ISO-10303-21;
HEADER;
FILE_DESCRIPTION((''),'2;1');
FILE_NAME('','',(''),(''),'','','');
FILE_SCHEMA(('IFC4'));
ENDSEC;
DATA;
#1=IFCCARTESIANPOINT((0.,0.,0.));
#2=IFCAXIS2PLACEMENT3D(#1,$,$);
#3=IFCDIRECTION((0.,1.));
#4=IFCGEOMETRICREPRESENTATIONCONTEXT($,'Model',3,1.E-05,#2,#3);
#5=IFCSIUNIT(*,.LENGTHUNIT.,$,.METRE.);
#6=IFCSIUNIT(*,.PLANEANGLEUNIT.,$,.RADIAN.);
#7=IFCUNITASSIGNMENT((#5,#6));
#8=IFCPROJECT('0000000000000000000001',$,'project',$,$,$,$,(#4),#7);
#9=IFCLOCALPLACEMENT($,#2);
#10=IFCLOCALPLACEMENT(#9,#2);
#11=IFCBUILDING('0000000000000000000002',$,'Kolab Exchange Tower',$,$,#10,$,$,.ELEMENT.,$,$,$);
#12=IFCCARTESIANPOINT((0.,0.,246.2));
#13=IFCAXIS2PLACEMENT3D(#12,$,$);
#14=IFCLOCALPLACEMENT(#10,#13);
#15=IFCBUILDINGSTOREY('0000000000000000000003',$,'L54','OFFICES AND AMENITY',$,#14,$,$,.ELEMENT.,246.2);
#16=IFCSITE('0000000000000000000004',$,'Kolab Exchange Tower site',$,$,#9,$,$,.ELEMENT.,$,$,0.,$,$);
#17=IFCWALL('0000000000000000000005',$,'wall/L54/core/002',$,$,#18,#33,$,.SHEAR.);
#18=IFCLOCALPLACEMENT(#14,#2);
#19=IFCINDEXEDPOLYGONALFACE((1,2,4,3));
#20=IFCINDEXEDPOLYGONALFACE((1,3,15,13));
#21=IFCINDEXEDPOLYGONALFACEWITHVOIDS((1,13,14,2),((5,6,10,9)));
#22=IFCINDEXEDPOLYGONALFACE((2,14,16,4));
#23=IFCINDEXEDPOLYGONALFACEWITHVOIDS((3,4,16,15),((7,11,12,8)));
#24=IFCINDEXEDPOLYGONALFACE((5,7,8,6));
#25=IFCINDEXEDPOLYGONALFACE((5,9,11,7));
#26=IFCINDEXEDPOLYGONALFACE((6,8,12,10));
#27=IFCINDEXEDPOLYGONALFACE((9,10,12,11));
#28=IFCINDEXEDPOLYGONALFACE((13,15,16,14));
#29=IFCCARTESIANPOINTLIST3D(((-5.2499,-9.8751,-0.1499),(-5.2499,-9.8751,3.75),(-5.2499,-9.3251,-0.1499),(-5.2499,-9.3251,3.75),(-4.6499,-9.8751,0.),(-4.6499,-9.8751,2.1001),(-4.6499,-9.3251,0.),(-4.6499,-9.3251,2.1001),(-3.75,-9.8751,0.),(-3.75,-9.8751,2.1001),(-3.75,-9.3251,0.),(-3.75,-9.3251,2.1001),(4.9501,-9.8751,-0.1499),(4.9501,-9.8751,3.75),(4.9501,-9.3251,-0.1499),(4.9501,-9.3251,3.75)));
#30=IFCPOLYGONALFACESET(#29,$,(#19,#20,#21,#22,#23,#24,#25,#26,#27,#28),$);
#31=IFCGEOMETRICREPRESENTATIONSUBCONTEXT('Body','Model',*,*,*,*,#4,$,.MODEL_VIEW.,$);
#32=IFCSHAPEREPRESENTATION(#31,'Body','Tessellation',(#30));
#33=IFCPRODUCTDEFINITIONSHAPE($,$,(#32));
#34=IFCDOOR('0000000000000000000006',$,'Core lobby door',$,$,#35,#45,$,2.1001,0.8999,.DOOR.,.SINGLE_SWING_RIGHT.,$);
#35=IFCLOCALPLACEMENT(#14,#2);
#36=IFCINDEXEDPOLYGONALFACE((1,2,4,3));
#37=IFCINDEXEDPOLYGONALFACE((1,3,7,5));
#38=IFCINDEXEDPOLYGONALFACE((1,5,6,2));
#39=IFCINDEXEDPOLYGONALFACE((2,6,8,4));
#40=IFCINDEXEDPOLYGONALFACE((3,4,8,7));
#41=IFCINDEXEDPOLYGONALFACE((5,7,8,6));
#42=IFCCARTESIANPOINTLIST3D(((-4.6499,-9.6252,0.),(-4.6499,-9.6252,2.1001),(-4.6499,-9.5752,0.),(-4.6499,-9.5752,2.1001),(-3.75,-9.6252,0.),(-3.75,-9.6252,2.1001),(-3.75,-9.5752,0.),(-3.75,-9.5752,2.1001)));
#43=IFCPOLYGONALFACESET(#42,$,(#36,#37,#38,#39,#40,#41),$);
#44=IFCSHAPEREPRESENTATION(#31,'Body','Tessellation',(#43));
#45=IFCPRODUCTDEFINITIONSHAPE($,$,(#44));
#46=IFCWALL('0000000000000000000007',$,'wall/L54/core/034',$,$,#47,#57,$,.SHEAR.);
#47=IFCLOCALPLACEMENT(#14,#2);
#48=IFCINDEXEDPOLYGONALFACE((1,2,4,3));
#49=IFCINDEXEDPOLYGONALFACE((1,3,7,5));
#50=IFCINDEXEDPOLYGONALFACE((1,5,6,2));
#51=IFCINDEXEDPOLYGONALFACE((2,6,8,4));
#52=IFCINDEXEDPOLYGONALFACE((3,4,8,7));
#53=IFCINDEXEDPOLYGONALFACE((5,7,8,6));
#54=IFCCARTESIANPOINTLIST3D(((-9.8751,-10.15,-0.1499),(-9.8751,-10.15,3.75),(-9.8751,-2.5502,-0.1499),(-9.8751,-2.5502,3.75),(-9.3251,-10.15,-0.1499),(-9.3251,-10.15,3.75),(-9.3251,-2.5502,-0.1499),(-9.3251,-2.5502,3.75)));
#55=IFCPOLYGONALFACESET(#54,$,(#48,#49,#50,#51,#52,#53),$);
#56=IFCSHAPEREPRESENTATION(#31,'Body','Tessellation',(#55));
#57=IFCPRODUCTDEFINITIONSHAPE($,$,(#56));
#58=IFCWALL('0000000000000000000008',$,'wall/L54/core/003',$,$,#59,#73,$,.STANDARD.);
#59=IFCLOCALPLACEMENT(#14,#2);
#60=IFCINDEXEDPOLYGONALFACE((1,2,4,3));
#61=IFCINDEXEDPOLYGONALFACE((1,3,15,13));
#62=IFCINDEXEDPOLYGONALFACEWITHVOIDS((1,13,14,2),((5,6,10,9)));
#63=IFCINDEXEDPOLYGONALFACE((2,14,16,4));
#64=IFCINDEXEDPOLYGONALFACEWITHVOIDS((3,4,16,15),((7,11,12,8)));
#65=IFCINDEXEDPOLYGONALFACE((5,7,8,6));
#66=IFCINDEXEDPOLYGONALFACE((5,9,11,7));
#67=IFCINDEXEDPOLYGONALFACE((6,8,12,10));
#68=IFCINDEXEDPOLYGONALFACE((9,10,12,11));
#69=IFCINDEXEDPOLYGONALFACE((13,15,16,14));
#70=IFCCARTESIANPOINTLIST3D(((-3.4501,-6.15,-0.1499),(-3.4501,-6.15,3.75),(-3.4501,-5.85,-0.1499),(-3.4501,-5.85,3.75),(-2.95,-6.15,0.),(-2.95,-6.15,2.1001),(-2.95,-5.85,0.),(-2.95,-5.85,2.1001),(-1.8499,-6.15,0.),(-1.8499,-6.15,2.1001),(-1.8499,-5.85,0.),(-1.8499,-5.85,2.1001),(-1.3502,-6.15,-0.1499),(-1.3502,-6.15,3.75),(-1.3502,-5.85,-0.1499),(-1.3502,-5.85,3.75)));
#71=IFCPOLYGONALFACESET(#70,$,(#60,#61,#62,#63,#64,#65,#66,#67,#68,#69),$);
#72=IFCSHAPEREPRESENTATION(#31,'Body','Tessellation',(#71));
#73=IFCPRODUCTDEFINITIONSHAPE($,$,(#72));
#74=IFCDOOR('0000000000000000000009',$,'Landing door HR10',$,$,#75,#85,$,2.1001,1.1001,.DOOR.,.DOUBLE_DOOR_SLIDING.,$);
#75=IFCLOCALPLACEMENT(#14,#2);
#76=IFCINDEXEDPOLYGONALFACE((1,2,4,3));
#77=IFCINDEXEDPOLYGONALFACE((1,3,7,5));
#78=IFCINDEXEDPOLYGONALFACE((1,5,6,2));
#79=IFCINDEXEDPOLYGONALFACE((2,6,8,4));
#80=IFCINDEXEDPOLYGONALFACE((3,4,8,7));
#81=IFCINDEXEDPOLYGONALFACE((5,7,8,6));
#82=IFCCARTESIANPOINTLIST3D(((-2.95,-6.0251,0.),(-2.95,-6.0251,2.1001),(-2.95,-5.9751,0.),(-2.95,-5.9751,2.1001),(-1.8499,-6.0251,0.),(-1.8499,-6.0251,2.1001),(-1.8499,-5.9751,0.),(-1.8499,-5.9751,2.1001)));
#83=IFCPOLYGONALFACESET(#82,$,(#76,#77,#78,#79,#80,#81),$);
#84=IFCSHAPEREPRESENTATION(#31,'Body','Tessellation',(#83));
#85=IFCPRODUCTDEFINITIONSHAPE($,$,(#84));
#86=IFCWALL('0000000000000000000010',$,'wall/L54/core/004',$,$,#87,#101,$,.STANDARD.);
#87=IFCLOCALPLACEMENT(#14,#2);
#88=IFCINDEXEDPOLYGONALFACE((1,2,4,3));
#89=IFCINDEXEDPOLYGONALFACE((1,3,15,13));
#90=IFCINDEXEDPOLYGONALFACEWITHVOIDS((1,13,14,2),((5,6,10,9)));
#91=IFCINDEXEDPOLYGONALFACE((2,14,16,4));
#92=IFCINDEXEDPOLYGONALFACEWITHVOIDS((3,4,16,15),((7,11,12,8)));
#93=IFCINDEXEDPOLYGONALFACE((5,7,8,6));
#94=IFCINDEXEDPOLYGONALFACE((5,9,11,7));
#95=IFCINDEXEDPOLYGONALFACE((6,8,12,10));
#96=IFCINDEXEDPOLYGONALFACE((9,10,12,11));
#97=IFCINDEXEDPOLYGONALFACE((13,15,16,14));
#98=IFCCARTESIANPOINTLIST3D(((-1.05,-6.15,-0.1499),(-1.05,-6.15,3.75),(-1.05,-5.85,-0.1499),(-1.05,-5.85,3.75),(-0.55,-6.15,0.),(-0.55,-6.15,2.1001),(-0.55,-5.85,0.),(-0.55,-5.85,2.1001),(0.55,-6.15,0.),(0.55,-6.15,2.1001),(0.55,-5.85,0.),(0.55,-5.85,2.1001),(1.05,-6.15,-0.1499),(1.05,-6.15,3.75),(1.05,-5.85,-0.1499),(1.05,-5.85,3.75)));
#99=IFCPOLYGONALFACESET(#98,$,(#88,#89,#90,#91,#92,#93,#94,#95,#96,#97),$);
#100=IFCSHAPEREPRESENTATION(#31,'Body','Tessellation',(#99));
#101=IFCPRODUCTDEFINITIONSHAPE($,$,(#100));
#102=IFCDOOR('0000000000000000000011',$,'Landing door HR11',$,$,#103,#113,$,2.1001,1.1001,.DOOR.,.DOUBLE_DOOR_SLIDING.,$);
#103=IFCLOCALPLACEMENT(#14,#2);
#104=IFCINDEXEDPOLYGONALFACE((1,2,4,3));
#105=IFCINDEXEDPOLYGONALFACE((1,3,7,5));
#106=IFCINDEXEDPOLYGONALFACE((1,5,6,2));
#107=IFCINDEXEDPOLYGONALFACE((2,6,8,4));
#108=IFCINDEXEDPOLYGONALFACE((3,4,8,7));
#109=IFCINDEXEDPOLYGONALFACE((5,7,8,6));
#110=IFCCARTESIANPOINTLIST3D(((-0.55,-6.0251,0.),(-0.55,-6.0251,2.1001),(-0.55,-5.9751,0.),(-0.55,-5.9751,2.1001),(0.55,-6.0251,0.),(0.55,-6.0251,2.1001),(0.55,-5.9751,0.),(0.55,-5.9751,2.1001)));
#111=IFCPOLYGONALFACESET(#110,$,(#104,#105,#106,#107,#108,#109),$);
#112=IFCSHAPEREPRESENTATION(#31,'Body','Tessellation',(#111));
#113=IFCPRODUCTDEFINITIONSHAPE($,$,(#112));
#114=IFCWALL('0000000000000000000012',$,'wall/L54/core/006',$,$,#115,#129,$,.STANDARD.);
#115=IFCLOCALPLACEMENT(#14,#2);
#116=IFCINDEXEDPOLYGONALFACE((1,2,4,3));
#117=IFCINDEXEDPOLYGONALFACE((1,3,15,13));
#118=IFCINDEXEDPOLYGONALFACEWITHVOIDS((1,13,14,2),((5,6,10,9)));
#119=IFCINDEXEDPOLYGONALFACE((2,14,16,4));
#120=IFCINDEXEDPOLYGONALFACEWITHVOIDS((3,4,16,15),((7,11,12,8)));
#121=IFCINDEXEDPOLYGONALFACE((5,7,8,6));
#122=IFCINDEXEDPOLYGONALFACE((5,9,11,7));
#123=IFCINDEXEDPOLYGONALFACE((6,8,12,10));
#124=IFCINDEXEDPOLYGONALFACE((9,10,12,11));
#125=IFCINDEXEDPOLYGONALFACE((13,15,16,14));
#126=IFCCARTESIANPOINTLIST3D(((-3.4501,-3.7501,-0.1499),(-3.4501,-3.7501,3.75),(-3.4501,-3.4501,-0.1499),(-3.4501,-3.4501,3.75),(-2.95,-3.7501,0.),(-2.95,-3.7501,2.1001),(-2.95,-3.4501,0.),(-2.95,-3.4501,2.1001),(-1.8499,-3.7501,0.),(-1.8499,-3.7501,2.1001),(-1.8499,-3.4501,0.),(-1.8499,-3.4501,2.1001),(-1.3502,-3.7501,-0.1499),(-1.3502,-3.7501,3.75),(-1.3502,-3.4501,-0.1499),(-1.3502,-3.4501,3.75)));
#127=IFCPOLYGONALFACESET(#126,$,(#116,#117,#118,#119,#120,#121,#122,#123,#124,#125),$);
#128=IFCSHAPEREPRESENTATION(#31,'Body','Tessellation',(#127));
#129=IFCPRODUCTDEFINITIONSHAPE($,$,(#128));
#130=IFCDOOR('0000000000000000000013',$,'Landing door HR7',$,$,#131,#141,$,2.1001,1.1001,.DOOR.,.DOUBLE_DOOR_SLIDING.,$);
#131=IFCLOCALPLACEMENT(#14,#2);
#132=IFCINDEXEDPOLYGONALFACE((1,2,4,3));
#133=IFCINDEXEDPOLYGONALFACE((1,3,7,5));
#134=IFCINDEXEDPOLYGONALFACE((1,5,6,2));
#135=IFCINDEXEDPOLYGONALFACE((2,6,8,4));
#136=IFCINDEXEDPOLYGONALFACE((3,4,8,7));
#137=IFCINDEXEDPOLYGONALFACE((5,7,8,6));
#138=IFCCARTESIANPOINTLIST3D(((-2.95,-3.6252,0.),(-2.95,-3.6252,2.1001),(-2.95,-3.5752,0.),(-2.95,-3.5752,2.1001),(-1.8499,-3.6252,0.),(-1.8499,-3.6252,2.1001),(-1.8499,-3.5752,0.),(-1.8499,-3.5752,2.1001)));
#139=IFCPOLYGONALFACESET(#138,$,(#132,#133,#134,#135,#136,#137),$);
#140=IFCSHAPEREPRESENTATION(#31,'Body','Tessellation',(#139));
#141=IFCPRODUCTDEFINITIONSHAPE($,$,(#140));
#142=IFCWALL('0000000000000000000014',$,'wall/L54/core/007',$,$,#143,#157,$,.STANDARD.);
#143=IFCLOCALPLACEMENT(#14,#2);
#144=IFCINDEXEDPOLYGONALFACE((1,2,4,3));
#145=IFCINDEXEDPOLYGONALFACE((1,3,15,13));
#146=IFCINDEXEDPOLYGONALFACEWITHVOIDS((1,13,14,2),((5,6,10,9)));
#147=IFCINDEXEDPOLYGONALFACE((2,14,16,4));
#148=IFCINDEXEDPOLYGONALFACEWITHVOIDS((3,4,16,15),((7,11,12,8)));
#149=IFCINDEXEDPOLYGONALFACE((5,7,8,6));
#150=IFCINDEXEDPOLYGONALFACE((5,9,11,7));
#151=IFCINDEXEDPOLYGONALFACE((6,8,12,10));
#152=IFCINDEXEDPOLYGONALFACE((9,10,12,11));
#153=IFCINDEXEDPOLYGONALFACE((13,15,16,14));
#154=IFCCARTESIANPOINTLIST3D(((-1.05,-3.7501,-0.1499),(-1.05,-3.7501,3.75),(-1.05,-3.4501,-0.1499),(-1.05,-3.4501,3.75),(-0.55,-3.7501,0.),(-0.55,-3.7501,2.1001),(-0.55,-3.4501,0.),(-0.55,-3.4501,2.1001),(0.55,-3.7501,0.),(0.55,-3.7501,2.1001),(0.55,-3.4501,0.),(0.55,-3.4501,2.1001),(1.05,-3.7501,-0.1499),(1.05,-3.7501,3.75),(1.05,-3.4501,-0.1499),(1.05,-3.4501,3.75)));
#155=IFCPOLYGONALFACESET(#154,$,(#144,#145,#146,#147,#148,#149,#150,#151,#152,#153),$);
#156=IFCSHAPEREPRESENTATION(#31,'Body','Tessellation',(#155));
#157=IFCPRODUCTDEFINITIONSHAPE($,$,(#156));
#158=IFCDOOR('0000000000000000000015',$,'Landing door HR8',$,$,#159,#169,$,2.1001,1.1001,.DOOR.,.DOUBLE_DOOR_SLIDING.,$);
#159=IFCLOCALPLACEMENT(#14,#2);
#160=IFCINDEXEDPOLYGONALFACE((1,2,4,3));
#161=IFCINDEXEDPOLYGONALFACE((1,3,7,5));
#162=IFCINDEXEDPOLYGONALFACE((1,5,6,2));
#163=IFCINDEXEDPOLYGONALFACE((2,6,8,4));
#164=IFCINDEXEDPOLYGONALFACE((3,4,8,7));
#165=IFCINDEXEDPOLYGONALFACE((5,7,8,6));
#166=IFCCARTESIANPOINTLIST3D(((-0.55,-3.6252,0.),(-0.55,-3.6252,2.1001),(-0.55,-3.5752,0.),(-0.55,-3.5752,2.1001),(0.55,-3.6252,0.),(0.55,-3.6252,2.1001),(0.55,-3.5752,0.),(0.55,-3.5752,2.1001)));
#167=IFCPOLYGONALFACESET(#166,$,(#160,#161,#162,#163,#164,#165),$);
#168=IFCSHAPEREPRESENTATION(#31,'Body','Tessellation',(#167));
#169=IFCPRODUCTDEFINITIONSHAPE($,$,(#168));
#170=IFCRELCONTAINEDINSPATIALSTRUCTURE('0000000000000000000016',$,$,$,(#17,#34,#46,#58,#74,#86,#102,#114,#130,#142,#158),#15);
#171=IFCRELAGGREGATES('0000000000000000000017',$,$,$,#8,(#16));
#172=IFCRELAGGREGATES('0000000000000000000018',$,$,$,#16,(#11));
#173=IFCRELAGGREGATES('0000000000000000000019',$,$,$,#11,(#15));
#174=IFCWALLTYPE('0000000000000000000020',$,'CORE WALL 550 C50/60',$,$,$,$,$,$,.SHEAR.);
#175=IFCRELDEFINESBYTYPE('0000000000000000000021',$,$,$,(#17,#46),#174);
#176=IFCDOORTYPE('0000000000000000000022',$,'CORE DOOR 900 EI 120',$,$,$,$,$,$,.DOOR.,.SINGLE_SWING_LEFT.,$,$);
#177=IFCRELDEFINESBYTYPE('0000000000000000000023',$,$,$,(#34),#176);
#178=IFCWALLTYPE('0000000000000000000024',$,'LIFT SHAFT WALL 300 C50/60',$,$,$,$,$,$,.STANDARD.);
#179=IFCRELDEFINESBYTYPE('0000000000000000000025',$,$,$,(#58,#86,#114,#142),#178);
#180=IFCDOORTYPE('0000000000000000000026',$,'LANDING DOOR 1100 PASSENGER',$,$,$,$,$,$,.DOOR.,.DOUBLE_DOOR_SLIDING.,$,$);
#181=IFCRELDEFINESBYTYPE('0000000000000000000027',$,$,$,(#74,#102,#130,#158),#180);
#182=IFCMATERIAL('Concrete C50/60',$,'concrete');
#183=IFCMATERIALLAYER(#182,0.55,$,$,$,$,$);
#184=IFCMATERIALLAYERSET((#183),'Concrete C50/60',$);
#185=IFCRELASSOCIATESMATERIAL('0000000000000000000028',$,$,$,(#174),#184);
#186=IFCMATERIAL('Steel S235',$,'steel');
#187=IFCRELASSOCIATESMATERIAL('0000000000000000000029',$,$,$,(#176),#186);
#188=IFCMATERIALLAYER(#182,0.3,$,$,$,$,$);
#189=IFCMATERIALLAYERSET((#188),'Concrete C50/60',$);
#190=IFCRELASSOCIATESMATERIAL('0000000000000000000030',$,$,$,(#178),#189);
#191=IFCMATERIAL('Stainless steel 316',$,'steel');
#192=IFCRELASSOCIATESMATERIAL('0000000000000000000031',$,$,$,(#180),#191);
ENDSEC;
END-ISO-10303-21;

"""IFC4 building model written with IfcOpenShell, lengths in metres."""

from ifc_helpers import new_model, si_unit, direction, frame, frame_2d, origin, place, context, subcontext, project, spatial, rectangle, extrude, material, layer, layer_set, type_object, element, fill, save


model = new_model("IFC4")

# Units and contexts
model_context = context("Model", 3, precision=1e-05, world=origin(), true_north=direction((0.0, 1.0)))
body_context = subcontext(model_context, "Body", "Model", "MODEL_VIEW")
ifc_project = project(units=[si_unit("LENGTHUNIT", "METRE"), si_unit("PLANEANGLEUNIT", "RADIAN")], contexts=[model_context])

# Site, building, storey
site_placement = place(None, origin())
site = spatial("IfcSite", under=ifc_project, at=site_placement, Name="Kolab Exchange Tower site", CompositionType="ELEMENT", RefElevation=0.0)
building_placement = place(site_placement, origin())
building = spatial("IfcBuilding", under=site, at=building_placement, Name="Kolab Exchange Tower", CompositionType="ELEMENT")
storey_placement = place(building_placement, frame((0.0, 0.0, 246.2)))
storey = spatial("IfcBuildingStorey", under=building, at=storey_placement, Name="L54", Description="OFFICES AND AMENITY", CompositionType="ELEMENT", Elevation=246.2)

# Wall, opening, door
ifc_material_1 = material(Name="Concrete C50/60", Category="concrete")
ifc_layer_1 = layer(ifc_material_1, 0.55)
ifc_layer_set_1 = layer_set([ifc_layer_1], Name="Concrete C50/60")
wall_type_1 = type_object("IfcWallType", Name="CORE WALL 550 C50/60", PredefinedType="SHEAR", material=ifc_layer_set_1)
wall_1_placement = place(storey_placement, frame((-5.25, -9.6001, -0.1499), z_axis=(0.0, 0.0, 1.0), x_axis=(1.0, 0.0, 0.0)))
wall_1 = element("IfcWall", 1, at=wall_1_placement, inside=storey, type_object=wall_type_1, Name="wall/L54/core/002", PredefinedType="SHEAR", context=body_context, shape_type="SweptSolid", body=[
    extrude(rectangle(XDim=10.2, YDim=0.55, at=frame_2d((5.1001, 0.0))), origin(), (0.0, 0.0, 1.0), 3.8999),
])
opening_1_placement = place(wall_1_placement, frame((0.6001, 0.0, 0.1499)))
opening_1 = element("IfcOpeningElement", 2, at=opening_1_placement, cuts=wall_1, PredefinedType="OPENING", context=body_context, shape_type="SweptSolid", body=[
    extrude(rectangle(XDim=0.8999, YDim=2.1001, at=frame_2d((0.45, 1.05))), frame((0.0, 0.2852, 0.0), z_axis=(0.0, -1.0, 0.0), x_axis=(1.0, 0.0, 0.0)), (0.0, 0.0, 1.0), 0.5701),
])
ifc_material_2 = material(Name="Steel S235", Category="steel")
door_type_1 = type_object("IfcDoorType", Name="CORE DOOR 900 EI 120", OperationType="SINGLE_SWING_LEFT", PredefinedType="DOOR", material=ifc_material_2)
door_1_placement = place(opening_1_placement, origin())
door_1 = element("IfcDoor", 3, at=door_1_placement, inside=storey, type_object=door_type_1, Name="Core lobby door", OperationType="SINGLE_SWING_RIGHT", OverallHeight=2.1001, OverallWidth=0.8999, PredefinedType="DOOR", context=body_context, shape_type="SweptSolid", body=[
    extrude(rectangle(XDim=0.8999, YDim=2.1001, at=frame_2d((0.45, 1.05))), frame((0.0, 0.0249, 0.0), z_axis=(0.0, -1.0, 0.0), x_axis=(1.0, 0.0, 0.0)), (0.0, 0.0, 1.0), 0.05),
])
fill(opening_1, door_1)

# Wall
wall_2_placement = place(storey_placement, frame((-9.6001, -10.1499, -0.1499), z_axis=(0.0, 0.0, 1.0), x_axis=(0.0, 1.0, 0.0)))
element("IfcWall", 4, at=wall_2_placement, inside=storey, type_object=wall_type_1, Name="wall/L54/core/034", PredefinedType="SHEAR", context=body_context, shape_type="SweptSolid", body=[
    extrude(rectangle(XDim=7.5999, YDim=0.55, at=frame_2d((3.7998, 0.0))), origin(), (0.0, 0.0, 1.0), 3.8999),
])

# Walls, openings, doors
ifc_layer_2 = layer(ifc_material_1, 0.3)
ifc_layer_set_2 = layer_set([ifc_layer_2], Name="Concrete C50/60")
wall_type_2 = type_object("IfcWallType", Name="LIFT SHAFT WALL 300 C50/60", PredefinedType="STANDARD", material=ifc_layer_set_2)
wall_3_placement = place(storey_placement, frame((-3.45, -6.0, -0.1499), z_axis=(0.0, 0.0, 1.0), x_axis=(1.0, 0.0, 0.0)))
wall_3 = element("IfcWall", 5, at=wall_3_placement, inside=storey, type_object=wall_type_2, Name="wall/L54/core/003", PredefinedType="STANDARD", context=body_context, shape_type="SweptSolid", body=[
    extrude(rectangle(XDim=2.0999, YDim=0.3, at=frame_2d((1.0498, 0.0))), origin(), (0.0, 0.0, 1.0), 3.8999),
])
opening_2_placement = place(wall_3_placement, frame((0.5, 0.0, 0.1499)))
opening_2 = element("IfcOpeningElement", 6, at=opening_2_placement, cuts=wall_3, PredefinedType="OPENING", context=body_context, shape_type="SweptSolid", body=[
    extrude(rectangle(XDim=1.1001, YDim=2.1001, at=frame_2d((0.55, 1.05))), frame((0.0, 0.1602, 0.0), z_axis=(0.0, -1.0, 0.0), x_axis=(1.0, 0.0, 0.0)), (0.0, 0.0, 1.0), 0.3201),
])
ifc_material_3 = material(Name="Stainless steel 316", Category="steel")
door_type_2 = type_object("IfcDoorType", Name="LANDING DOOR 1100 PASSENGER", OperationType="DOUBLE_DOOR_SLIDING", PredefinedType="DOOR", material=ifc_material_3)
door_2_placement = place(opening_2_placement, origin())
door_2 = element("IfcDoor", 7, at=door_2_placement, inside=storey, type_object=door_type_2, Name="Landing door HR10", OperationType="DOUBLE_DOOR_SLIDING", OverallHeight=2.1001, OverallWidth=1.1001, PredefinedType="DOOR", context=body_context, shape_type="SweptSolid", body=[
    extrude(rectangle(XDim=1.1001, YDim=2.1001, at=frame_2d((0.55, 1.05))), frame((0.0, 0.0249, 0.0), z_axis=(0.0, -1.0, 0.0), x_axis=(1.0, 0.0, 0.0)), (0.0, 0.0, 1.0), 0.05),
])
fill(opening_2, door_2)
wall_4_placement = place(storey_placement, frame((-1.05, -6.0, -0.1499), z_axis=(0.0, 0.0, 1.0), x_axis=(1.0, 0.0, 0.0)))
wall_4 = element("IfcWall", 8, at=wall_4_placement, inside=storey, type_object=wall_type_2, Name="wall/L54/core/004", PredefinedType="STANDARD", context=body_context, shape_type="SweptSolid", body=[
    extrude(rectangle(XDim=2.1001, YDim=0.3, at=frame_2d((1.05, 0.0))), origin(), (0.0, 0.0, 1.0), 3.8999),
])
opening_3_placement = place(wall_4_placement, frame((0.5, 0.0, 0.1499)))
opening_3 = element("IfcOpeningElement", 9, at=opening_3_placement, cuts=wall_4, PredefinedType="OPENING", context=body_context, shape_type="SweptSolid", body=[
    extrude(rectangle(XDim=1.1001, YDim=2.1001, at=frame_2d((0.55, 1.05))), frame((0.0, 0.1602, 0.0), z_axis=(0.0, -1.0, 0.0), x_axis=(1.0, 0.0, 0.0)), (0.0, 0.0, 1.0), 0.3201),
])
door_3_placement = place(opening_3_placement, origin())
door_3 = element("IfcDoor", 10, at=door_3_placement, inside=storey, type_object=door_type_2, Name="Landing door HR11", OperationType="DOUBLE_DOOR_SLIDING", OverallHeight=2.1001, OverallWidth=1.1001, PredefinedType="DOOR", context=body_context, shape_type="SweptSolid", body=[
    extrude(rectangle(XDim=1.1001, YDim=2.1001, at=frame_2d((0.55, 1.05))), frame((0.0, 0.0249, 0.0), z_axis=(0.0, -1.0, 0.0), x_axis=(1.0, 0.0, 0.0)), (0.0, 0.0, 1.0), 0.05),
])
fill(opening_3, door_3)
wall_5_placement = place(storey_placement, frame((-3.45, -3.6001, -0.1499), z_axis=(0.0, 0.0, 1.0), x_axis=(1.0, 0.0, 0.0)))
wall_5 = element("IfcWall", 11, at=wall_5_placement, inside=storey, type_object=wall_type_2, Name="wall/L54/core/006", PredefinedType="STANDARD", context=body_context, shape_type="SweptSolid", body=[
    extrude(rectangle(XDim=2.0999, YDim=0.3, at=frame_2d((1.0498, 0.0))), origin(), (0.0, 0.0, 1.0), 3.8999),
])
opening_4_placement = place(wall_5_placement, frame((0.5, 0.0, 0.1499)))
opening_4 = element("IfcOpeningElement", 12, at=opening_4_placement, cuts=wall_5, PredefinedType="OPENING", context=body_context, shape_type="SweptSolid", body=[
    extrude(rectangle(XDim=1.1001, YDim=2.1001, at=frame_2d((0.55, 1.05))), frame((0.0, 0.1602, 0.0), z_axis=(0.0, -1.0, 0.0), x_axis=(1.0, 0.0, 0.0)), (0.0, 0.0, 1.0), 0.3201),
])
door_4_placement = place(opening_4_placement, origin())
door_4 = element("IfcDoor", 13, at=door_4_placement, inside=storey, type_object=door_type_2, Name="Landing door HR7", OperationType="DOUBLE_DOOR_SLIDING", OverallHeight=2.1001, OverallWidth=1.1001, PredefinedType="DOOR", context=body_context, shape_type="SweptSolid", body=[
    extrude(rectangle(XDim=1.1001, YDim=2.1001, at=frame_2d((0.55, 1.05))), frame((0.0, 0.0249, 0.0), z_axis=(0.0, -1.0, 0.0), x_axis=(1.0, 0.0, 0.0)), (0.0, 0.0, 1.0), 0.05),
])
fill(opening_4, door_4)
wall_6_placement = place(storey_placement, frame((-1.05, -3.6001, -0.1499), z_axis=(0.0, 0.0, 1.0), x_axis=(1.0, 0.0, 0.0)))
wall_6 = element("IfcWall", 14, at=wall_6_placement, inside=storey, type_object=wall_type_2, Name="wall/L54/core/007", PredefinedType="STANDARD", context=body_context, shape_type="SweptSolid", body=[
    extrude(rectangle(XDim=2.1001, YDim=0.3, at=frame_2d((1.05, 0.0))), origin(), (0.0, 0.0, 1.0), 3.8999),
])
opening_5_placement = place(wall_6_placement, frame((0.5, 0.0, 0.1499)))
opening_5 = element("IfcOpeningElement", 15, at=opening_5_placement, cuts=wall_6, PredefinedType="OPENING", context=body_context, shape_type="SweptSolid", body=[
    extrude(rectangle(XDim=1.1001, YDim=2.1001, at=frame_2d((0.55, 1.05))), frame((0.0, 0.1602, 0.0), z_axis=(0.0, -1.0, 0.0), x_axis=(1.0, 0.0, 0.0)), (0.0, 0.0, 1.0), 0.3201),
])
door_5_placement = place(opening_5_placement, origin())
door_5 = element("IfcDoor", 16, at=door_5_placement, inside=storey, type_object=door_type_2, Name="Landing door HR8", OperationType="DOUBLE_DOOR_SLIDING", OverallHeight=2.1001, OverallWidth=1.1001, PredefinedType="DOOR", context=body_context, shape_type="SweptSolid", body=[
    extrude(rectangle(XDim=1.1001, YDim=2.1001, at=frame_2d((0.55, 1.05))), frame((0.0, 0.0249, 0.0), z_axis=(0.0, -1.0, 0.0), x_axis=(1.0, 0.0, 0.0)), (0.0, 0.0, 1.0), 0.05),
])
fill(opening_5, door_5)

save(model, "model.ifc")
